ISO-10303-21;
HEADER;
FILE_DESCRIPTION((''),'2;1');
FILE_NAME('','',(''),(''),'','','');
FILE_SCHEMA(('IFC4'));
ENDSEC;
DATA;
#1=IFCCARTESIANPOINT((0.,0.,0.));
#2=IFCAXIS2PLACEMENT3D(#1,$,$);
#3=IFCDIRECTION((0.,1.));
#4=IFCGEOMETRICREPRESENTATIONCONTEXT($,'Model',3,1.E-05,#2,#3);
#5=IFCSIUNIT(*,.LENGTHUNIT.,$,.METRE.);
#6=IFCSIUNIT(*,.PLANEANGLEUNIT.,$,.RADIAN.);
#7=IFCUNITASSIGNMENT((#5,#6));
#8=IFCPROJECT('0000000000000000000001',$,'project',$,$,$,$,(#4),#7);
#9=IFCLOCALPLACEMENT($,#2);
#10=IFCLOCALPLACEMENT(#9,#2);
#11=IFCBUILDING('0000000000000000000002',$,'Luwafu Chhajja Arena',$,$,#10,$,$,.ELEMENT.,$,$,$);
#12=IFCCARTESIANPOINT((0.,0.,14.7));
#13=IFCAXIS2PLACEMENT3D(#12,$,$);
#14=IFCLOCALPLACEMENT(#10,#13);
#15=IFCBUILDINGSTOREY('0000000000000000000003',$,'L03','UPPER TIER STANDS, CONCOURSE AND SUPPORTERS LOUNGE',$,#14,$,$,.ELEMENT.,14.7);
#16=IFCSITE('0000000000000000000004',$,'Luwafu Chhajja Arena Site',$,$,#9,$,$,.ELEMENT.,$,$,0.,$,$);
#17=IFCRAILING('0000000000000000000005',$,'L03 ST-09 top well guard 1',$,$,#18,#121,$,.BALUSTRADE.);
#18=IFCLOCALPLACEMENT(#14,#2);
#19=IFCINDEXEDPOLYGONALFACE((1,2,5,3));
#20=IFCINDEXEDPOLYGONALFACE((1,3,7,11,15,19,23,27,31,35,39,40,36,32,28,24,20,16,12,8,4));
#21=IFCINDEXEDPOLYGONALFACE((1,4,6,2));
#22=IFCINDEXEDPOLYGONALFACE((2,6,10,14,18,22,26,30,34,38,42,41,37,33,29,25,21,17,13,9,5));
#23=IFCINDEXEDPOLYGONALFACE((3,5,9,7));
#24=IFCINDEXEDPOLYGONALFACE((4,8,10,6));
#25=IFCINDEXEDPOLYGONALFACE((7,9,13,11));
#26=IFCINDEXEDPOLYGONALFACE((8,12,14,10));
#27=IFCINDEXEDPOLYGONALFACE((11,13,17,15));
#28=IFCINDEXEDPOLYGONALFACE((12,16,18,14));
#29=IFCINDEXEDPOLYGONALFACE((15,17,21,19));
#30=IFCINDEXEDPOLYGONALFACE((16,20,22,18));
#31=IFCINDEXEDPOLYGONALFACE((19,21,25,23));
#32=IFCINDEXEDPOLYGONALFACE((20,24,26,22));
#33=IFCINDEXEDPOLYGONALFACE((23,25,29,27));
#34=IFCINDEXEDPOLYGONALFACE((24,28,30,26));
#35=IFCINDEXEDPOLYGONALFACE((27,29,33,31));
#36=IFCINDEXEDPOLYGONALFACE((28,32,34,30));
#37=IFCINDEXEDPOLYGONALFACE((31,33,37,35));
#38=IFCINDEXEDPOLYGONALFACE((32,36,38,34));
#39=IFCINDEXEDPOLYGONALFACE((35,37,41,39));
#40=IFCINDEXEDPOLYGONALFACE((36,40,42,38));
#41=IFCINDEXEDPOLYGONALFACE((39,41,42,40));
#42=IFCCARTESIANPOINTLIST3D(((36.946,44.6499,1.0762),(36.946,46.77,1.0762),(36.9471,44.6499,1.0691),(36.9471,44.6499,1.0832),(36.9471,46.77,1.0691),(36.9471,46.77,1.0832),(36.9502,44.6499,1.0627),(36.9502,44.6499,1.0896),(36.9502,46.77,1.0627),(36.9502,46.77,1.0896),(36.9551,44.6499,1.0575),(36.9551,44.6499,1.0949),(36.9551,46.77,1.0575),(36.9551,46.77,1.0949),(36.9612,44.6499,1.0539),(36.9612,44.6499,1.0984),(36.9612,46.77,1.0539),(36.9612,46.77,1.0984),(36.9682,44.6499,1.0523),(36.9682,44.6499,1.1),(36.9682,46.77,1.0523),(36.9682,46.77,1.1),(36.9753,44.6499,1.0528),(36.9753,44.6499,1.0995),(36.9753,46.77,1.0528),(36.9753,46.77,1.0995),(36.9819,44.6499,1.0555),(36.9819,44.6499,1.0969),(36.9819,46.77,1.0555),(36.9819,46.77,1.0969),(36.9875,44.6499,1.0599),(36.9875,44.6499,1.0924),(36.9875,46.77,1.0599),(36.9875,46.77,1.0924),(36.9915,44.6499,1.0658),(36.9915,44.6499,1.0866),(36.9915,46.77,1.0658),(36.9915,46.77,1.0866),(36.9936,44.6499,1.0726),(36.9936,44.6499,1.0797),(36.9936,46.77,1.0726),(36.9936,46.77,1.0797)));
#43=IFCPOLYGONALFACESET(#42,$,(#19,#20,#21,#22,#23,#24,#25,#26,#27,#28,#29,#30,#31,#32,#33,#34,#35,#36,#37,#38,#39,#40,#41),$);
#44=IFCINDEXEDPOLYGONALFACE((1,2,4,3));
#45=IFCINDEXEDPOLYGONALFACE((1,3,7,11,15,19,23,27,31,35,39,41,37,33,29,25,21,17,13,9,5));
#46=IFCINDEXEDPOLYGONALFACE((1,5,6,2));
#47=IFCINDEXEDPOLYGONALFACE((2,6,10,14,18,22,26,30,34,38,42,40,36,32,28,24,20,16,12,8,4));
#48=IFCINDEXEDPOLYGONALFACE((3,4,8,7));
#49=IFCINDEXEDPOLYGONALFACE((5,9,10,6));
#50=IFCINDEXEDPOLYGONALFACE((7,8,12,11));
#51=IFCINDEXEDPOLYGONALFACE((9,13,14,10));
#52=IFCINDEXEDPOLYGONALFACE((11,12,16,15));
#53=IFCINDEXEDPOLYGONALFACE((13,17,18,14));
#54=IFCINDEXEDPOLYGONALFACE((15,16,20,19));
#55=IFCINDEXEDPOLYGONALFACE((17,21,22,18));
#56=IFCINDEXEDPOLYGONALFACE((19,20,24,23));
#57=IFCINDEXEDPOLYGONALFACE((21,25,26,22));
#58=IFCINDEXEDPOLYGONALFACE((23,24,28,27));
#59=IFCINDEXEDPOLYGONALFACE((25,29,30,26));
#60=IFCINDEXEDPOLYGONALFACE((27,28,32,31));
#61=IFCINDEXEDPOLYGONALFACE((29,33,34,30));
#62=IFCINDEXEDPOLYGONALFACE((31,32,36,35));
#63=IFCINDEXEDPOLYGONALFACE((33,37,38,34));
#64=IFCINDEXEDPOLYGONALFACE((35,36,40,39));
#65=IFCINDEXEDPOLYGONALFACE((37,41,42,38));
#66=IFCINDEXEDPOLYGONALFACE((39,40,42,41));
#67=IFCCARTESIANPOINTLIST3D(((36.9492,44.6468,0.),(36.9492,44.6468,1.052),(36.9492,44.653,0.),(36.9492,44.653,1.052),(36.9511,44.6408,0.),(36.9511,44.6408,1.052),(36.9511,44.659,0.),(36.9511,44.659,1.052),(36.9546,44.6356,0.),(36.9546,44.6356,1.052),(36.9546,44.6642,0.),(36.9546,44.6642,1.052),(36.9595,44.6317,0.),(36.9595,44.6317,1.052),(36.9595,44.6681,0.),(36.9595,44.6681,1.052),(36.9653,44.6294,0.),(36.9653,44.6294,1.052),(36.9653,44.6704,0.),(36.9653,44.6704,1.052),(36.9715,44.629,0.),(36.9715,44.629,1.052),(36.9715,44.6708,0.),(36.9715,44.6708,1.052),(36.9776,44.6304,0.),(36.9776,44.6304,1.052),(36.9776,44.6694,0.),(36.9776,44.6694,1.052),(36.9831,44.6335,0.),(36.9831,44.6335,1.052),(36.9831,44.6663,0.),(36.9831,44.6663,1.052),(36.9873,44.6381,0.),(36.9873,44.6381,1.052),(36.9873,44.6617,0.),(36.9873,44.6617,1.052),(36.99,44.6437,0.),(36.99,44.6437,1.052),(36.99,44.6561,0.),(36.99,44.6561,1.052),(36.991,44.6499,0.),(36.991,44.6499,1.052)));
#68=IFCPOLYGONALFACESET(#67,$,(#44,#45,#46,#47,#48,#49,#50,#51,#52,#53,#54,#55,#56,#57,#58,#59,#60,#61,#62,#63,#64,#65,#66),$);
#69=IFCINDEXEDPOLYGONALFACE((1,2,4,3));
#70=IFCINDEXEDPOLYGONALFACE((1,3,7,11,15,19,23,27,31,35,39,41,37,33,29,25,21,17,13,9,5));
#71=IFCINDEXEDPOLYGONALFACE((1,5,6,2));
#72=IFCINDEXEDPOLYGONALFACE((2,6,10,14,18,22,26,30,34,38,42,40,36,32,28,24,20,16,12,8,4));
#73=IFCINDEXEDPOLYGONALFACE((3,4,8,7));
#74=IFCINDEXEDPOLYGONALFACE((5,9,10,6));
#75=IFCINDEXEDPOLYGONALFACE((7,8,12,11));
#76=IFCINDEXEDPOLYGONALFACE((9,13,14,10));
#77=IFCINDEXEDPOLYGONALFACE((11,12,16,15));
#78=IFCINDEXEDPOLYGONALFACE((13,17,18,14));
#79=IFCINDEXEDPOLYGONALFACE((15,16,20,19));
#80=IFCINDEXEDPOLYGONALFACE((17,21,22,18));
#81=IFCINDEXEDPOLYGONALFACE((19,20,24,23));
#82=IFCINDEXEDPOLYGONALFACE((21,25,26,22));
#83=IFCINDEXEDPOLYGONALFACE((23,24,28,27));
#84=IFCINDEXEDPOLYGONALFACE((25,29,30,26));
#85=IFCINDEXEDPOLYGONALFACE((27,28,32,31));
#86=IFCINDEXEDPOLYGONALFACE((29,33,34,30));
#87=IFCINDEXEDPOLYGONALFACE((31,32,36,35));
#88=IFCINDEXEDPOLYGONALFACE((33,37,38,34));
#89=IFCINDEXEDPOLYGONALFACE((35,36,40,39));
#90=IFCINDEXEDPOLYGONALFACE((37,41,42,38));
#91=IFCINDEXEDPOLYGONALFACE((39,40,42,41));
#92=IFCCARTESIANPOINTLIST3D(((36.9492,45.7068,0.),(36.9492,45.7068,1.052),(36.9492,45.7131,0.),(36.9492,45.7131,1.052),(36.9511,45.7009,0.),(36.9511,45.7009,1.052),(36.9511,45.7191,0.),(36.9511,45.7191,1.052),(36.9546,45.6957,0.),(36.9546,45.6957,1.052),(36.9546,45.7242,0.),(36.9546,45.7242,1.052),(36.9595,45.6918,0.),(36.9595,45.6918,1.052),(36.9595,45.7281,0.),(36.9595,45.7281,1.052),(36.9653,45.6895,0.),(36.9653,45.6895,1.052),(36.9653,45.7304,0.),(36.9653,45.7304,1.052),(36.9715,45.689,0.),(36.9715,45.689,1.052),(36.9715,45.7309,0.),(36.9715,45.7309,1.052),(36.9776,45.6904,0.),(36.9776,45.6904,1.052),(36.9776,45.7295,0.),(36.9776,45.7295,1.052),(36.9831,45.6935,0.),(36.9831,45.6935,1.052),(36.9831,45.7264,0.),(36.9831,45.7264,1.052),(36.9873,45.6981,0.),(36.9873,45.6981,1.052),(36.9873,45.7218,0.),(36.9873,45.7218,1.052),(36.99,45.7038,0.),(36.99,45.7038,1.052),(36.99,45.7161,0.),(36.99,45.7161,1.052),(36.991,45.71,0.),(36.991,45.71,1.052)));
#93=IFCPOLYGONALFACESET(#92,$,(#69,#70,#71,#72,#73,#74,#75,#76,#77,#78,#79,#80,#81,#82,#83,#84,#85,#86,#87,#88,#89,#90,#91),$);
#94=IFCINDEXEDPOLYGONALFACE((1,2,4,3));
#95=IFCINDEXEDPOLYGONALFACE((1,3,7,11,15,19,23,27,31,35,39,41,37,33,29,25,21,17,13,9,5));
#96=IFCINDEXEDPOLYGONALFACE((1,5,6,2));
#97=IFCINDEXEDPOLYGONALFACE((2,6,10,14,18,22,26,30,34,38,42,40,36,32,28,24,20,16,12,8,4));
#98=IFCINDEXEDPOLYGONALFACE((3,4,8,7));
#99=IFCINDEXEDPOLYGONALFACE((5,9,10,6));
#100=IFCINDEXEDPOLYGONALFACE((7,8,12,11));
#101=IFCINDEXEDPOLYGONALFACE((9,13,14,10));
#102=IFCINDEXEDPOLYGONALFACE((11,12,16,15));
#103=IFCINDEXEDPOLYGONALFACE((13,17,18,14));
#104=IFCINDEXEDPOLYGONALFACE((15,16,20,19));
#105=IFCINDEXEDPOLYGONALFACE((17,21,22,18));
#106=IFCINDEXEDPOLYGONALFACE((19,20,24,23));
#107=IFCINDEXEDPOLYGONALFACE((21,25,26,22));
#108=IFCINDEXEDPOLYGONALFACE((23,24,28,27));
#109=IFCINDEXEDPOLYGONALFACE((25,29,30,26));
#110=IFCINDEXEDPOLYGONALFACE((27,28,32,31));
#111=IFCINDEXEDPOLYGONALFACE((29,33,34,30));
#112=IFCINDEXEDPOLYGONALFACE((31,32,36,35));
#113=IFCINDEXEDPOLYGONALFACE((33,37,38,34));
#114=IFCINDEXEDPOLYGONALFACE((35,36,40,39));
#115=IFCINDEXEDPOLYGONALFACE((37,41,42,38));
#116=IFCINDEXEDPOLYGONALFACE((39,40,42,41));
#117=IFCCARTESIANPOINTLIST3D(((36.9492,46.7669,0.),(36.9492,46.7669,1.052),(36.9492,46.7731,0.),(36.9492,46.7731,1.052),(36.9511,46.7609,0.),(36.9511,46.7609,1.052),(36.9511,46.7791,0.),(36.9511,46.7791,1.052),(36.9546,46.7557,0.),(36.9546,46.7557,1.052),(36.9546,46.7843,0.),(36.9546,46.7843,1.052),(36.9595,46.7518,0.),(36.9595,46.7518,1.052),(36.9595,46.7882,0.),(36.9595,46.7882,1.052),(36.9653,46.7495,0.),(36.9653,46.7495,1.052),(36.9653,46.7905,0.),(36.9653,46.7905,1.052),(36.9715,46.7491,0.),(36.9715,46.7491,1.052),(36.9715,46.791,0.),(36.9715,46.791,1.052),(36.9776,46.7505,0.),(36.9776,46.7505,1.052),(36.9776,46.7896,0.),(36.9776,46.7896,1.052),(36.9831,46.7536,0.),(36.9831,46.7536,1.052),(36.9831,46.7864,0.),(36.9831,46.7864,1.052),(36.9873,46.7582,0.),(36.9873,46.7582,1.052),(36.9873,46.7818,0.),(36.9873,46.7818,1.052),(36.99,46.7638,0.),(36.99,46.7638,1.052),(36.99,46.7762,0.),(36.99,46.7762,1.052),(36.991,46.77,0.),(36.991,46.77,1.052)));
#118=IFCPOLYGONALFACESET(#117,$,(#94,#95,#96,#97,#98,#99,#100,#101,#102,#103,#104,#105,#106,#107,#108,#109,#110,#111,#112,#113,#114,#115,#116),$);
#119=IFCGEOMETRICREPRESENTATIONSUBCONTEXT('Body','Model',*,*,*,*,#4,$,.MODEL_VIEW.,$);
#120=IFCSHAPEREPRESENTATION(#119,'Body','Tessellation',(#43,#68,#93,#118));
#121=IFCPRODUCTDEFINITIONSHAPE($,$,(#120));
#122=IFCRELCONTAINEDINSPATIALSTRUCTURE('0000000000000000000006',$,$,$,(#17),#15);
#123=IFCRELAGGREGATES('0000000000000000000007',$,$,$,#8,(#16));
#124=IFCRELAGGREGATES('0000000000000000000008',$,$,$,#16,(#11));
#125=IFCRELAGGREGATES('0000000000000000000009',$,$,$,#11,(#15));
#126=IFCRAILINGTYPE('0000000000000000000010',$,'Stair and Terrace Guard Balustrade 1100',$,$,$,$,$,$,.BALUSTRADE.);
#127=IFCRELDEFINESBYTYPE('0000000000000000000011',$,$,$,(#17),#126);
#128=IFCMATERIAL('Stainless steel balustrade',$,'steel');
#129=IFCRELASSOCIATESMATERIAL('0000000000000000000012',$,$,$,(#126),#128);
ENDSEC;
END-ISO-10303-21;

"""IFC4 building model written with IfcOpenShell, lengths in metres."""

from ifc_helpers import new_model, si_unit, direction, frame, origin, origin_2d, place, context, subcontext, project, spatial, circle, extrude, material, type_object, element, save


model = new_model("IFC4")

# Units and contexts
model_context = context("Model", 3, precision=1e-05, world=origin(), true_north=direction((0.0, 1.0)))
body_context = subcontext(model_context, "Body", "Model", "MODEL_VIEW")
ifc_project = project(units=[si_unit("LENGTHUNIT", "METRE"), si_unit("PLANEANGLEUNIT", "RADIAN")], contexts=[model_context])

# Site, building, storey
site_placement = place(None, origin())
site = spatial("IfcSite", under=ifc_project, at=site_placement, Name="Luwafu Chhajja Arena Site", CompositionType="ELEMENT", RefElevation=0.0)
building_placement = place(site_placement, origin())
building = spatial("IfcBuilding", under=site, at=building_placement, Name="Luwafu Chhajja Arena", CompositionType="ELEMENT")
storey_placement = place(building_placement, frame((0.0, 0.0, 14.7)))
storey = spatial("IfcBuildingStorey", under=building, at=storey_placement, Name="L03", Description="UPPER TIER STANDS, CONCOURSE AND SUPPORTERS LOUNGE", CompositionType="ELEMENT", Elevation=14.7)

# Railing
ifc_material_1 = material(Name="Stainless steel balustrade", Category="steel")
railing_type = type_object("IfcRailingType", Name="Stair and Terrace Guard Balustrade 1100", PredefinedType="BALUSTRADE", material=ifc_material_1)
railing_1_placement = place(storey_placement, frame((36.97, 44.6499, 0.0)))
element("IfcRailing", 1, at=railing_1_placement, inside=storey, type_object=railing_type, Name="L03 ST-09 top well guard 1", PredefinedType="BALUSTRADE", context=body_context, shape_type="SweptSolid", body=[
    extrude(circle(Radius=0.0239, at=origin_2d()), frame((0.0, 0.0, 1.0762), z_axis=(0.0, 1.0, 0.0), x_axis=(-1.0, 0.0, 0.0)), (0.0, 0.0, 1.0), 2.1201),
    extrude(circle(Radius=0.021, at=origin_2d()), origin(), (0.0, 0.0, 1.0), 1.052),
    extrude(circle(Radius=0.021, at=origin_2d()), frame((0.0, 1.0601, 0.0)), (0.0, 0.0, 1.0), 1.052),
    extrude(circle(Radius=0.021, at=origin_2d()), frame((0.0, 2.1201, 0.0)), (0.0, 0.0, 1.0), 1.052),
])

save(model, "model.ifc")
